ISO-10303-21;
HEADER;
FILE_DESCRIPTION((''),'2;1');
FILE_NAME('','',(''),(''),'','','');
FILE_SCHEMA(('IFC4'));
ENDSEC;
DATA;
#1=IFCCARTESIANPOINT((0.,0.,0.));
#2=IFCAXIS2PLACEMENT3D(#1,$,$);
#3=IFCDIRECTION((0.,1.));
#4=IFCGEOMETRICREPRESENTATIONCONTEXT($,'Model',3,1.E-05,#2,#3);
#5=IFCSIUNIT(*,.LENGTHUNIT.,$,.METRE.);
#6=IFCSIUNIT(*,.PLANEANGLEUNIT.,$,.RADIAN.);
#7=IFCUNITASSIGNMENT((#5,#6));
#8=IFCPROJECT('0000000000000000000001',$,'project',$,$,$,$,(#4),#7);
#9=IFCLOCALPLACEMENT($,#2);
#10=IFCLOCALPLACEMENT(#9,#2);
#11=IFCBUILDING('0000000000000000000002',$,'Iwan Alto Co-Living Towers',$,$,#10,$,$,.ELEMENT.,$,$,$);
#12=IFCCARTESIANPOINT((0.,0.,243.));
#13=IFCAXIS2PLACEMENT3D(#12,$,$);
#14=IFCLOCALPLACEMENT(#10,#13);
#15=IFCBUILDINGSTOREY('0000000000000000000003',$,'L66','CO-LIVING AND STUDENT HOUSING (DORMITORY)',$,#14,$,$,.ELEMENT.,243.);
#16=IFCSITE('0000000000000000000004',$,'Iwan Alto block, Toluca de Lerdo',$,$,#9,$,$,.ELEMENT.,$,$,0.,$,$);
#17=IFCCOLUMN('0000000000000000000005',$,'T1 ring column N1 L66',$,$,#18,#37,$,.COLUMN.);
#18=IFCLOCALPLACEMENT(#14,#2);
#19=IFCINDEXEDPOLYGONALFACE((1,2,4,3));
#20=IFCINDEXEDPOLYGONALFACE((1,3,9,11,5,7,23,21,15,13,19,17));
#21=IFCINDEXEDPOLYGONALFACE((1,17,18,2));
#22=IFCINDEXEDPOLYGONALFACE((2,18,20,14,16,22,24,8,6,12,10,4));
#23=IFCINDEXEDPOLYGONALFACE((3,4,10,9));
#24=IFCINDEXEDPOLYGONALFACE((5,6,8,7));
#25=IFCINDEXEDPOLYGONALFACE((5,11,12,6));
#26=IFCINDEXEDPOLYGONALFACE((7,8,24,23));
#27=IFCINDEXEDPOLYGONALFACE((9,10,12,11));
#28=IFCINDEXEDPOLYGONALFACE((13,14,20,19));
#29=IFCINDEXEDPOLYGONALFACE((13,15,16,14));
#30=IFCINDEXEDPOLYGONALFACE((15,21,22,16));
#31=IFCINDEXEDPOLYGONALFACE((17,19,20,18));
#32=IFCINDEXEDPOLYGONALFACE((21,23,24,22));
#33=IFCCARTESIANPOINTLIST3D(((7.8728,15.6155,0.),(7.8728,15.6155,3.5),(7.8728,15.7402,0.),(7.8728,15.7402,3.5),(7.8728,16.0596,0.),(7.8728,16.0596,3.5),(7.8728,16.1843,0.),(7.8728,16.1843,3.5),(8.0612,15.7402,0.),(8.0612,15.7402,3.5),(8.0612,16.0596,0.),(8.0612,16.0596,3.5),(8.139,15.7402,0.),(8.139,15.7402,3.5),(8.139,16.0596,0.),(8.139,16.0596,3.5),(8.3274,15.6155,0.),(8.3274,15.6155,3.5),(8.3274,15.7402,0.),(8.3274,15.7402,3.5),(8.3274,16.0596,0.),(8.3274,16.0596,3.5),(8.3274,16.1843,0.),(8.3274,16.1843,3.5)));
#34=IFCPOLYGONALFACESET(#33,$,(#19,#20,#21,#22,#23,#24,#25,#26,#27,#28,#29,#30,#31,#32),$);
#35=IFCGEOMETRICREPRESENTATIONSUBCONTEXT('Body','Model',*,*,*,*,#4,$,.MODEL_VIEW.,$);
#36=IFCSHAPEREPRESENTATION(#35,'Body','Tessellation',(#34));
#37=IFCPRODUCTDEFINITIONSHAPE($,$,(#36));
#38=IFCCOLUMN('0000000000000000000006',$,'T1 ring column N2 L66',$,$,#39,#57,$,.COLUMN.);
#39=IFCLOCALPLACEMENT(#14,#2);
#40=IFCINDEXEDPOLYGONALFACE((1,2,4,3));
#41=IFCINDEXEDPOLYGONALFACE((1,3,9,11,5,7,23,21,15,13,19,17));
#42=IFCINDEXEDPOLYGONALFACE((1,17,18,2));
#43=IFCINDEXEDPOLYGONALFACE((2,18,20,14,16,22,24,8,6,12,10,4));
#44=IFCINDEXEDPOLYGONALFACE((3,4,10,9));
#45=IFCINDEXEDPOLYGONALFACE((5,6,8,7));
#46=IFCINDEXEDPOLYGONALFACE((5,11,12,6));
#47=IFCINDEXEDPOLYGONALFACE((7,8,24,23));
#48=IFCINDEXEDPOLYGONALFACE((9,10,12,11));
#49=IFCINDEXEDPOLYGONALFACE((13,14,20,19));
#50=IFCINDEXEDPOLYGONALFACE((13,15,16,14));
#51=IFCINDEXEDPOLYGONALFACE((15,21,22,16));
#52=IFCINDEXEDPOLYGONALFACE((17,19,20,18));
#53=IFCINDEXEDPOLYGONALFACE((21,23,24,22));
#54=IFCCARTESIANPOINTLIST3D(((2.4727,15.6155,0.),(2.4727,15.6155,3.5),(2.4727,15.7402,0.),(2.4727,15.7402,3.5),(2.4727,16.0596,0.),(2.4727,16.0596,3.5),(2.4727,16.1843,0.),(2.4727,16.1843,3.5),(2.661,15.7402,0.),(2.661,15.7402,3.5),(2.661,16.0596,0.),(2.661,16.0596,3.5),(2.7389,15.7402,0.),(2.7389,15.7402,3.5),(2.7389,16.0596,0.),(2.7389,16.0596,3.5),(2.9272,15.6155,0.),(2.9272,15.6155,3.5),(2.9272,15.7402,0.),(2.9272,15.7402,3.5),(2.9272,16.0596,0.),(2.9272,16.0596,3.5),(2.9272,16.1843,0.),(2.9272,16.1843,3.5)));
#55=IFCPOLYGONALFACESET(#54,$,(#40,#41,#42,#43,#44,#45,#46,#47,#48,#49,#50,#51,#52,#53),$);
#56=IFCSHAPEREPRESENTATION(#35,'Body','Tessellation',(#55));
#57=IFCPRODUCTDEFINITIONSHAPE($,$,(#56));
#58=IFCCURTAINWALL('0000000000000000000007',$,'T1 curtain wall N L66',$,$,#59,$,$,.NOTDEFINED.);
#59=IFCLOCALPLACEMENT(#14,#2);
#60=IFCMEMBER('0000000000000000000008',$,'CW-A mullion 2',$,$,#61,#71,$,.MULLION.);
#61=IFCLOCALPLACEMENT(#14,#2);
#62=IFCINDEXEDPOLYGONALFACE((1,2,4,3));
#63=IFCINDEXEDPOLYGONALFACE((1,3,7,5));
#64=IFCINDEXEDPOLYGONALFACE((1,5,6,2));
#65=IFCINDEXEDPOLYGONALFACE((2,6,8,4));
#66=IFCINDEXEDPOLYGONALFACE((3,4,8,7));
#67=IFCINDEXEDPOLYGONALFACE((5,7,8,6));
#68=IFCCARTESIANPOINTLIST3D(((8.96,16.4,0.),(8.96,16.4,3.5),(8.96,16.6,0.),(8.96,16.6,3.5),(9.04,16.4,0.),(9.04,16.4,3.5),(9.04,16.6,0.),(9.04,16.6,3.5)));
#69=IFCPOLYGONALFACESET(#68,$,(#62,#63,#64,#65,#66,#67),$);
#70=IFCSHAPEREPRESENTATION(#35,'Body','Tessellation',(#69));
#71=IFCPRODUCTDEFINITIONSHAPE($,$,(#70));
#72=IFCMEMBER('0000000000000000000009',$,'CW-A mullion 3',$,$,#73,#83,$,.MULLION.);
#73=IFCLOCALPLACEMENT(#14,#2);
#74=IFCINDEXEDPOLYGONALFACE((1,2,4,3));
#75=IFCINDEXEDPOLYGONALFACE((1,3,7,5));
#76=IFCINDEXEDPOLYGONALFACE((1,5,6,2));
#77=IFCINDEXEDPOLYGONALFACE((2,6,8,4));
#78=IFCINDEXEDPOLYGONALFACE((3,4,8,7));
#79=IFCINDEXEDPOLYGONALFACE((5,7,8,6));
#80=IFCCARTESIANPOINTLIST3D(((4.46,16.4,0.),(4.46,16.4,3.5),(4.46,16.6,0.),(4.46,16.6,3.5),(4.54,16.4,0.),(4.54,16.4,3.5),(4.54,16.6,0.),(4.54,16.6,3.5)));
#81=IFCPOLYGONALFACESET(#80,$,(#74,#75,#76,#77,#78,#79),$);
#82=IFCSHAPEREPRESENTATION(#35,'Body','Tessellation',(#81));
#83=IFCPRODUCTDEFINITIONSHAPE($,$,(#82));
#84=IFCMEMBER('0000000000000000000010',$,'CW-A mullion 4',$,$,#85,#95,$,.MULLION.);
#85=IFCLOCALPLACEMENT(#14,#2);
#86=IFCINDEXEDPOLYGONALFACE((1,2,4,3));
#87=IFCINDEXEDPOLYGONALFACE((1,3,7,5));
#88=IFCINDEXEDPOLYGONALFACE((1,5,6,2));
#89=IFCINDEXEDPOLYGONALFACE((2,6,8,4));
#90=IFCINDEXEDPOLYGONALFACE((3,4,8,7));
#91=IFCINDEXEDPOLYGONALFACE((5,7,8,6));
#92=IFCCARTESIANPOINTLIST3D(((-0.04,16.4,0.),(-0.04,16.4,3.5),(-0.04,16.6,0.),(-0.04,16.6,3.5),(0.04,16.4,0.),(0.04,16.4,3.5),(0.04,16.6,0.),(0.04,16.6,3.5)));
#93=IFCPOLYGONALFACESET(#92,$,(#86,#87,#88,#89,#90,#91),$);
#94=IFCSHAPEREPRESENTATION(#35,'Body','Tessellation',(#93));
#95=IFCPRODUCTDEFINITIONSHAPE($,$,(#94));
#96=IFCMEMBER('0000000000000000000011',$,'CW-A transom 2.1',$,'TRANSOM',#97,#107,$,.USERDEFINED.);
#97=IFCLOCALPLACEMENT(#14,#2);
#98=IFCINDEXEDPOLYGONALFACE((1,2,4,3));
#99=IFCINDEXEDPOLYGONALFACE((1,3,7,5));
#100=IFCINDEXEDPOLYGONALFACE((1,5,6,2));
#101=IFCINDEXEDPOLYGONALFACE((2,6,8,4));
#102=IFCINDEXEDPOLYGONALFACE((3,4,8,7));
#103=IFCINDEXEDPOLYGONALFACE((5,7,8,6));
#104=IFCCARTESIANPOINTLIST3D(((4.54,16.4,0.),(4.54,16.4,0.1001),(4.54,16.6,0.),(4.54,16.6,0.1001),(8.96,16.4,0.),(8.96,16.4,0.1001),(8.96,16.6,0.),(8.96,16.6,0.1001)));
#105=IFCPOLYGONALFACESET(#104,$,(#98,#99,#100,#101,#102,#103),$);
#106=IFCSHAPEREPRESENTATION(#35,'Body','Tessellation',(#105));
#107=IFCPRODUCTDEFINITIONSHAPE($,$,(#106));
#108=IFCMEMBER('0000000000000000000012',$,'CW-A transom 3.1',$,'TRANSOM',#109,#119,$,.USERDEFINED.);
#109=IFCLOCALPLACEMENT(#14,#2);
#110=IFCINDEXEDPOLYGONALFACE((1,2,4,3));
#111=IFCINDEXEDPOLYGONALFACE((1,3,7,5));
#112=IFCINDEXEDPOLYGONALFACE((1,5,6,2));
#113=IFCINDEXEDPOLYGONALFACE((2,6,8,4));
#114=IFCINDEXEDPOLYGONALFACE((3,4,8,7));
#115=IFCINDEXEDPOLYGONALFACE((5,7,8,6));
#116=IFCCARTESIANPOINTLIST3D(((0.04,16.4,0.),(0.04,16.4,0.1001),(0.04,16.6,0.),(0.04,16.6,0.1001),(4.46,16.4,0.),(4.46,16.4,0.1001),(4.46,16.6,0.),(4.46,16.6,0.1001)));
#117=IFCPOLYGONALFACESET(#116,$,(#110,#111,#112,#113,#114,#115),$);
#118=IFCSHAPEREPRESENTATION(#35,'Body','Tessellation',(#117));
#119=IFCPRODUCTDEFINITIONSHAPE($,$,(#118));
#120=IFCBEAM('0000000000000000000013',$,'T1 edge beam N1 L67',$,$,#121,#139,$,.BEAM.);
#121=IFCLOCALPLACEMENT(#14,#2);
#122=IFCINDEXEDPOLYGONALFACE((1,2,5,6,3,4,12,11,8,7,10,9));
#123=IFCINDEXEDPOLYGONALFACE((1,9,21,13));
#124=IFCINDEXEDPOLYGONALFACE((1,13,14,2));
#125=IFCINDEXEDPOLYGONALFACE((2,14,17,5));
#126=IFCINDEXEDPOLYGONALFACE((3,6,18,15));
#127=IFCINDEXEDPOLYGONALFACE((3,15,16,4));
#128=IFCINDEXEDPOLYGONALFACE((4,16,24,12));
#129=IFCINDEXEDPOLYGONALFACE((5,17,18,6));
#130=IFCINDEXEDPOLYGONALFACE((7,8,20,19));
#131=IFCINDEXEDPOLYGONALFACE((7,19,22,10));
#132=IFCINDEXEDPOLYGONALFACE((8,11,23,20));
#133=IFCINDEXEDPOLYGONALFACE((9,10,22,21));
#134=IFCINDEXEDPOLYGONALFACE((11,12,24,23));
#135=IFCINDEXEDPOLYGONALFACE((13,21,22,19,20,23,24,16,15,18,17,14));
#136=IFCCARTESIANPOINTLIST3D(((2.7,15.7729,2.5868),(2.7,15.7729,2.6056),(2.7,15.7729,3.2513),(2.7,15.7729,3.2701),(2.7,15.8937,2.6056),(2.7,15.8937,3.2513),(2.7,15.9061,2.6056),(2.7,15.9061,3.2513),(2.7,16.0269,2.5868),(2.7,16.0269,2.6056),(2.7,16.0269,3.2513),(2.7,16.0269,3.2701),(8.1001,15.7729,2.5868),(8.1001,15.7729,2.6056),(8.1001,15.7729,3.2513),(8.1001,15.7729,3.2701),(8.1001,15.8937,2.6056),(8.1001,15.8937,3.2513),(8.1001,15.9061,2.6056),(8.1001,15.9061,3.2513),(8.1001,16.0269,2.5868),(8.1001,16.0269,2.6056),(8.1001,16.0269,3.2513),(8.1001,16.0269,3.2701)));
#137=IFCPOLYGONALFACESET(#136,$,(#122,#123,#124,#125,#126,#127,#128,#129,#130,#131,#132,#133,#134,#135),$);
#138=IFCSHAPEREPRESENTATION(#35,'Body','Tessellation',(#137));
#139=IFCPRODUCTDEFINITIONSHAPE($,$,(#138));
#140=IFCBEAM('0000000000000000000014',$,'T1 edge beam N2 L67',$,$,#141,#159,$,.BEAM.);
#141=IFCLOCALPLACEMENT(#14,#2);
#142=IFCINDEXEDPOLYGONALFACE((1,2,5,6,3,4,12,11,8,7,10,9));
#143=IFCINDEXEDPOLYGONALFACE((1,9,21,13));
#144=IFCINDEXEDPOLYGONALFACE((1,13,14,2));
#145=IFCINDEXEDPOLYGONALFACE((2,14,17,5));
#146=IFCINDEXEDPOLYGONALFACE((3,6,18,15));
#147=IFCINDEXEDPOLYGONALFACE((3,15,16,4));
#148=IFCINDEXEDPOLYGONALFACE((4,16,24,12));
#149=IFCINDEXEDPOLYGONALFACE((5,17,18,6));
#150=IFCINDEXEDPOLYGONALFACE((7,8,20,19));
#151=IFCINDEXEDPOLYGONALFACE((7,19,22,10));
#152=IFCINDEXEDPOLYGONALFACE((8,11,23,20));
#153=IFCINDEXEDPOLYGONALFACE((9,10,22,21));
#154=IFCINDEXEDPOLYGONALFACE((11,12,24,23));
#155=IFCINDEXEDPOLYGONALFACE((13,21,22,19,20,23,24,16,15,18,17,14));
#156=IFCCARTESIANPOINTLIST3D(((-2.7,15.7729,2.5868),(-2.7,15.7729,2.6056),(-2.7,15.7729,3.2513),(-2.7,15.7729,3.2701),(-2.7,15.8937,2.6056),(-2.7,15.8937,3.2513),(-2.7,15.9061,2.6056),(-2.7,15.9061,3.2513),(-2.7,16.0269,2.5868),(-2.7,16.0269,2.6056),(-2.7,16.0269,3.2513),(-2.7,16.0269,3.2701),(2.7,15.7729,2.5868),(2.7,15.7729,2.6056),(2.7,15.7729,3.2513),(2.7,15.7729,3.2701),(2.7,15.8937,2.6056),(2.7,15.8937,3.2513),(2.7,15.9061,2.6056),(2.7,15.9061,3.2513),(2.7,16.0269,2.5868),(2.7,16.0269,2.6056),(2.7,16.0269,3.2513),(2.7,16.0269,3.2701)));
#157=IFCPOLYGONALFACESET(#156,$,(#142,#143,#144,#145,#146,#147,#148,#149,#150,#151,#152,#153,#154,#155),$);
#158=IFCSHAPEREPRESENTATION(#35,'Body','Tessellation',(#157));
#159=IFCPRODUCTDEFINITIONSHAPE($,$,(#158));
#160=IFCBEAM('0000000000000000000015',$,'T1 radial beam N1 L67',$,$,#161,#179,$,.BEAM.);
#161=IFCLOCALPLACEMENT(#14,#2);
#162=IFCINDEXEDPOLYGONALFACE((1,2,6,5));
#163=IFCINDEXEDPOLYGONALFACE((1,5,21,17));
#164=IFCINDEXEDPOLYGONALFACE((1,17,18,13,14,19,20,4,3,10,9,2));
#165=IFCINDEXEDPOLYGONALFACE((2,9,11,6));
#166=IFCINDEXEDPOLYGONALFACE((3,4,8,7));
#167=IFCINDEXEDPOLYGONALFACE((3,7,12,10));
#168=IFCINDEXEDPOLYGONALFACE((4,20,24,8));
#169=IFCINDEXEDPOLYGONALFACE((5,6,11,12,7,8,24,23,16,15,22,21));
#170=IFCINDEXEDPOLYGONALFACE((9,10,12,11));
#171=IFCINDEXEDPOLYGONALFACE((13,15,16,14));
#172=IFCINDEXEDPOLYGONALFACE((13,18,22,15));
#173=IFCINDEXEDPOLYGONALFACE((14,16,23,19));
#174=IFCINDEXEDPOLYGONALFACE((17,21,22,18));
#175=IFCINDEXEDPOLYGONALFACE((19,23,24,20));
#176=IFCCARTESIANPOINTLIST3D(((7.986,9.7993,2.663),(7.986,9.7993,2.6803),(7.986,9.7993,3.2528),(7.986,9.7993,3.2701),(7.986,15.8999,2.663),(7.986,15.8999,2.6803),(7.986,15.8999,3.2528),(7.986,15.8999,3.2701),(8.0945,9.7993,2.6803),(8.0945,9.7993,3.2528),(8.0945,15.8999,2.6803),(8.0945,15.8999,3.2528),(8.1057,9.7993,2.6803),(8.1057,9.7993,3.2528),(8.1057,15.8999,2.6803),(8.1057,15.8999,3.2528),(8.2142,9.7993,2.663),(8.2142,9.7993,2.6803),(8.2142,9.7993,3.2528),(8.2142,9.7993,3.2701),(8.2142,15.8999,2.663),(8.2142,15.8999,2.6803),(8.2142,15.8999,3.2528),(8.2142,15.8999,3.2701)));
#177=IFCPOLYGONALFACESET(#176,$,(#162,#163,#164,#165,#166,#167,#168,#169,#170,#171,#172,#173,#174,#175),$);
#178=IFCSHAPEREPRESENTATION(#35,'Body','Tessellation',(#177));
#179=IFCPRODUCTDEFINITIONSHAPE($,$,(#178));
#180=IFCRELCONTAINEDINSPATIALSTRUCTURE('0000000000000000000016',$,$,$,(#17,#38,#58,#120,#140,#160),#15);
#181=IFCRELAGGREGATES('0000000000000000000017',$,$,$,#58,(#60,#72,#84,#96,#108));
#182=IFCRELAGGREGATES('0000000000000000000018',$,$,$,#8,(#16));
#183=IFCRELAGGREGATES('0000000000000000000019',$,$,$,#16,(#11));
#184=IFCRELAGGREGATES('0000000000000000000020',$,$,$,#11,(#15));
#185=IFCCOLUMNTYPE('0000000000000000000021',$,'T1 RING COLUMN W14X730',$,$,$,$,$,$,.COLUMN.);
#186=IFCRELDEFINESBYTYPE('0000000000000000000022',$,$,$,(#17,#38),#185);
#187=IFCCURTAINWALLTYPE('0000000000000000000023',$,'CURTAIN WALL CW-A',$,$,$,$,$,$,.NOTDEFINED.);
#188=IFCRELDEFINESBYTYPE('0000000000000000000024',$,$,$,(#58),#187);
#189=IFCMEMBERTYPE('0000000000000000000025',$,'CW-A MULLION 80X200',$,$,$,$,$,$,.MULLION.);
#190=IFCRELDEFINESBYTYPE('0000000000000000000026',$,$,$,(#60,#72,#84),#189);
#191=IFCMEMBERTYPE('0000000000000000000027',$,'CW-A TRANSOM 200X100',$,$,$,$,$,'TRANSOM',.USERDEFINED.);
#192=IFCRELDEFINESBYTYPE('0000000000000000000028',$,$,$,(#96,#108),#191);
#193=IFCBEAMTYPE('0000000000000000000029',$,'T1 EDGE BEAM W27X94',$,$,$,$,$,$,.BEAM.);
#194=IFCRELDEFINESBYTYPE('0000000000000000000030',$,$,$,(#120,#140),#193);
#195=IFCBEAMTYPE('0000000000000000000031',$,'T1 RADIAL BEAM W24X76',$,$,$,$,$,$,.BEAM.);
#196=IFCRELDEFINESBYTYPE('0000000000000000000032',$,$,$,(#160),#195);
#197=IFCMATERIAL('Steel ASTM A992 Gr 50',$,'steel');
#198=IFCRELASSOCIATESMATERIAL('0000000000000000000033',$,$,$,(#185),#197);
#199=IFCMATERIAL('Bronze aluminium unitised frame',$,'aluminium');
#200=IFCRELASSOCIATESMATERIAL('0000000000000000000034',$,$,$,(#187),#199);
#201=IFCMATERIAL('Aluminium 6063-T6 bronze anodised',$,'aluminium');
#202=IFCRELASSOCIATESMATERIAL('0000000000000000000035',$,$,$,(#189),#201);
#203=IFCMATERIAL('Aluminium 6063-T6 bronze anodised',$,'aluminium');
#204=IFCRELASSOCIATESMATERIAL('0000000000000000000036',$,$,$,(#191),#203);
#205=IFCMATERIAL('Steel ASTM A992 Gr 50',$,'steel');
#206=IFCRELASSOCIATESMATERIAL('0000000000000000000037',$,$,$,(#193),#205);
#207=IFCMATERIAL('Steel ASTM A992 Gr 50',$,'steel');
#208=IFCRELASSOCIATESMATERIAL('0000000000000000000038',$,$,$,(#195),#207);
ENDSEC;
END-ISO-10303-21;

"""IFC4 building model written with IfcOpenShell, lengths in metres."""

from ifc_helpers import new_model, si_unit, direction, frame, origin, origin_2d, place, context, subcontext, project, spatial, rectangle, i_section, extrude, material, material_profile, profile_set, type_object, element, aggregate, save


model = new_model("IFC4")

# Units and contexts
model_context = context("Model", 3, precision=1e-05, world=origin(), true_north=direction((0.0, 1.0)))
body_context = subcontext(model_context, "Body", "Model", "MODEL_VIEW")
ifc_project = project(units=[si_unit("LENGTHUNIT", "METRE"), si_unit("PLANEANGLEUNIT", "RADIAN")], contexts=[model_context])

# Site, building, storey
site_placement = place(None, origin())
site = spatial("IfcSite", under=ifc_project, at=site_placement, Name="Iwan Alto block, Toluca de Lerdo", CompositionType="ELEMENT", RefElevation=0.0)
building_placement = place(site_placement, origin())
building = spatial("IfcBuilding", under=site, at=building_placement, Name="Iwan Alto Co-Living Towers", CompositionType="ELEMENT")
storey_placement = place(building_placement, frame((0.0, 0.0, 243.0)))
storey = spatial("IfcBuildingStorey", under=building, at=storey_placement, Name="L66", Description="CO-LIVING AND STUDENT HOUSING (DORMITORY)", CompositionType="ELEMENT", Elevation=243.0)

# Columns
ifc_material_1 = material(Name="Steel ASTM A992 Gr 50", Category="steel")
ifc_material_profile_1 = material_profile(ifc_material_1, i_section(OverallWidth=0.4546, OverallDepth=0.5688, WebThickness=0.0779, FlangeThickness=0.1248, at=origin_2d()), Name="W14X730")
ifc_profile_set_1 = profile_set([ifc_material_profile_1], Name="Steel ASTM A992 Gr 50")
column_type = type_object("IfcColumnType", Name="T1 RING COLUMN W14X730", PredefinedType="COLUMN", material=ifc_profile_set_1)
for number, where, z_axis, x_axis, name in (
    (1, (8.1001, 15.8999, 0.0), (0.0, 0.0, 1.0), (1.0, 0.0, 0.0), "T1 ring column N1 L66"),
    (2, (2.7, 15.8999, 0.0), (0.0, 0.0, 1.0), (1.0, 0.0, 0.0), "T1 ring column N2 L66"),
):
    element("IfcColumn", number, at=place(storey_placement, frame(where, z_axis=z_axis, x_axis=x_axis)), inside=storey, type_object=column_type, Name=name, PredefinedType="COLUMN", context=body_context, shape_type="SweptSolid", body=[
        extrude(i_section(OverallWidth=0.4546, OverallDepth=0.5688, WebThickness=0.0779, FlangeThickness=0.1248, at=origin_2d()), origin(), (0.0, 0.0, 1.0), 3.5),
    ])

# Curtain wall, members
ifc_material_2 = material(Name="Bronze aluminium unitised frame", Category="aluminium")
curtain_wall_type = type_object("IfcCurtainWallType", Name="CURTAIN WALL CW-A", PredefinedType="NOTDEFINED", material=ifc_material_2)
curtain_wall_placement = place(storey_placement, origin())
curtain_wall = element("IfcCurtainWall", 3, at=curtain_wall_placement, inside=storey, type_object=curtain_wall_type, Name="T1 curtain wall N L66", PredefinedType="NOTDEFINED")
ifc_material_3 = material(Name="Aluminium 6063-T6 bronze anodised", Category="aluminium")
ifc_material_profile_2 = material_profile(ifc_material_3, rectangle(XDim=0.2, YDim=0.0801, at=origin_2d()), Name="AL 80X200")
ifc_profile_set_2 = profile_set([ifc_material_profile_2], Name="Aluminium 6063-T6 bronze anodised")
member_type_1 = type_object("IfcMemberType", Name="CW-A MULLION 80X200", PredefinedType="MULLION", material=ifc_profile_set_2)
member_1_placement = place(storey_placement, frame((9.0, 16.5, 0.0), z_axis=(0.0, 0.0, 1.0), x_axis=(0.0, -1.0, 0.0)))
member_1 = element("IfcMember", 4, at=member_1_placement, type_object=member_type_1, Name="CW-A mullion 2", PredefinedType="MULLION", context=body_context, shape_type="SweptSolid", body=[
    extrude(rectangle(XDim=0.2, YDim=0.0801, at=origin_2d()), origin(), (0.0, 0.0, 1.0), 3.5),
])
member_2_placement = place(storey_placement, frame((4.5, 16.5, 0.0), z_axis=(0.0, 0.0, 1.0), x_axis=(0.0, -1.0, 0.0)))
member_2 = element("IfcMember", 5, at=member_2_placement, type_object=member_type_1, Name="CW-A mullion 3", PredefinedType="MULLION", context=body_context, shape_type="SweptSolid", body=[
    extrude(rectangle(XDim=0.2, YDim=0.0801, at=origin_2d()), origin(), (0.0, 0.0, 1.0), 3.5),
])
member_3_placement = place(storey_placement, frame((0.0, 16.5, 0.0), z_axis=(0.0, 0.0, 1.0), x_axis=(0.0, -1.0, 0.0)))
member_3 = element("IfcMember", 6, at=member_3_placement, type_object=member_type_1, Name="CW-A mullion 4", PredefinedType="MULLION", context=body_context, shape_type="SweptSolid", body=[
    extrude(rectangle(XDim=0.2, YDim=0.0801, at=origin_2d()), origin(), (0.0, 0.0, 1.0), 3.5),
])
ifc_material_4 = material(Name="Aluminium 6063-T6 bronze anodised", Category="aluminium")
ifc_material_profile_3 = material_profile(ifc_material_4, rectangle(XDim=0.2, YDim=0.1001, at=origin_2d()), Name="AL 200X100")
ifc_profile_set_3 = profile_set([ifc_material_profile_3], Name="Aluminium 6063-T6 bronze anodised")
member_type_2 = type_object("IfcMemberType", Name="CW-A TRANSOM 200X100", ElementType="TRANSOM", PredefinedType="USERDEFINED", material=ifc_profile_set_3)
member_4_placement = place(storey_placement, frame((8.96, 16.5, 0.05), z_axis=(-1.0, 0.0, 0.0), x_axis=(0.0, -1.0, 0.0)))
member_4 = element("IfcMember", 7, at=member_4_placement, type_object=member_type_2, Name="CW-A transom 2.1", ObjectType="TRANSOM", PredefinedType="USERDEFINED", context=body_context, shape_type="SweptSolid", body=[
    extrude(rectangle(XDim=0.2, YDim=0.1001, at=origin_2d()), origin(), (0.0, 0.0, 1.0), 4.4199),
])
member_5_placement = place(storey_placement, frame((4.46, 16.5, 0.05), z_axis=(-1.0, 0.0, 0.0), x_axis=(0.0, -1.0, 0.0)))
member_5 = element("IfcMember", 8, at=member_5_placement, type_object=member_type_2, Name="CW-A transom 3.1", ObjectType="TRANSOM", PredefinedType="USERDEFINED", context=body_context, shape_type="SweptSolid", body=[
    extrude(rectangle(XDim=0.2, YDim=0.1001, at=origin_2d()), origin(), (0.0, 0.0, 1.0), 4.4199),
])

# Beams
ifc_material_5 = material(Name="Steel ASTM A992 Gr 50", Category="steel")
ifc_material_profile_4 = material_profile(ifc_material_5, i_section(OverallWidth=0.2539, OverallDepth=0.6833, WebThickness=0.0125, FlangeThickness=0.0188, at=origin_2d()), Name="W27X94")
ifc_profile_set_4 = profile_set([ifc_material_profile_4], Name="Steel ASTM A992 Gr 50")
beam_type_1 = type_object("IfcBeamType", Name="T1 EDGE BEAM W27X94", PredefinedType="BEAM", material=ifc_profile_set_4)
beam_1_placement = place(storey_placement, frame((8.1001, 15.8999, 2.9285), z_axis=(-1.0, 0.0, 0.0), x_axis=(0.0, -1.0, 0.0)))
element("IfcBeam", 9, at=beam_1_placement, inside=storey, type_object=beam_type_1, Name="T1 edge beam N1 L67", PredefinedType="BEAM", context=body_context, shape_type="SweptSolid", body=[
    extrude(i_section(OverallWidth=0.2539, OverallDepth=0.6833, WebThickness=0.0125, FlangeThickness=0.0188, at=origin_2d()), origin(), (0.0, 0.0, 1.0), 5.4001),
])
beam_2_placement = place(storey_placement, frame((2.7, 15.8999, 2.9285), z_axis=(-1.0, 0.0, 0.0), x_axis=(0.0, -1.0, 0.0)))
element("IfcBeam", 10, at=beam_2_placement, inside=storey, type_object=beam_type_1, Name="T1 edge beam N2 L67", PredefinedType="BEAM", context=body_context, shape_type="SweptSolid", body=[
    extrude(i_section(OverallWidth=0.2539, OverallDepth=0.6833, WebThickness=0.0125, FlangeThickness=0.0188, at=origin_2d()), origin(), (0.0, 0.0, 1.0), 5.3999),
])
ifc_material_6 = material(Name="Steel ASTM A992 Gr 50", Category="steel")
ifc_material_profile_5 = material_profile(ifc_material_6, i_section(OverallWidth=0.2283, OverallDepth=0.6072, WebThickness=0.0112, FlangeThickness=0.0173, at=origin_2d()), Name="W24X76")
ifc_profile_set_5 = profile_set([ifc_material_profile_5], Name="Steel ASTM A992 Gr 50")
beam_type_2 = type_object("IfcBeamType", Name="T1 RADIAL BEAM W24X76", PredefinedType="BEAM", material=ifc_profile_set_5)
for number, where, z_axis, x_axis, name in (
    (11, (8.1001, 15.8999, 2.9666), (0.0, -1.0, 0.0), (1.0, 0.0, 0.0), "T1 radial beam N1 L67"),
):
    element("IfcBeam", number, at=place(storey_placement, frame(where, z_axis=z_axis, x_axis=x_axis)), inside=storey, type_object=beam_type_2, Name=name, PredefinedType="BEAM", context=body_context, shape_type="SweptSolid", body=[
        extrude(i_section(OverallWidth=0.2283, OverallDepth=0.6072, WebThickness=0.0112, FlangeThickness=0.0173, at=origin_2d()), origin(), (0.0, 0.0, 1.0), 6.1006),
    ])

aggregate(curtain_wall, [member_1, member_2, member_3, member_4, member_5])

save(model, "model.ifc")
